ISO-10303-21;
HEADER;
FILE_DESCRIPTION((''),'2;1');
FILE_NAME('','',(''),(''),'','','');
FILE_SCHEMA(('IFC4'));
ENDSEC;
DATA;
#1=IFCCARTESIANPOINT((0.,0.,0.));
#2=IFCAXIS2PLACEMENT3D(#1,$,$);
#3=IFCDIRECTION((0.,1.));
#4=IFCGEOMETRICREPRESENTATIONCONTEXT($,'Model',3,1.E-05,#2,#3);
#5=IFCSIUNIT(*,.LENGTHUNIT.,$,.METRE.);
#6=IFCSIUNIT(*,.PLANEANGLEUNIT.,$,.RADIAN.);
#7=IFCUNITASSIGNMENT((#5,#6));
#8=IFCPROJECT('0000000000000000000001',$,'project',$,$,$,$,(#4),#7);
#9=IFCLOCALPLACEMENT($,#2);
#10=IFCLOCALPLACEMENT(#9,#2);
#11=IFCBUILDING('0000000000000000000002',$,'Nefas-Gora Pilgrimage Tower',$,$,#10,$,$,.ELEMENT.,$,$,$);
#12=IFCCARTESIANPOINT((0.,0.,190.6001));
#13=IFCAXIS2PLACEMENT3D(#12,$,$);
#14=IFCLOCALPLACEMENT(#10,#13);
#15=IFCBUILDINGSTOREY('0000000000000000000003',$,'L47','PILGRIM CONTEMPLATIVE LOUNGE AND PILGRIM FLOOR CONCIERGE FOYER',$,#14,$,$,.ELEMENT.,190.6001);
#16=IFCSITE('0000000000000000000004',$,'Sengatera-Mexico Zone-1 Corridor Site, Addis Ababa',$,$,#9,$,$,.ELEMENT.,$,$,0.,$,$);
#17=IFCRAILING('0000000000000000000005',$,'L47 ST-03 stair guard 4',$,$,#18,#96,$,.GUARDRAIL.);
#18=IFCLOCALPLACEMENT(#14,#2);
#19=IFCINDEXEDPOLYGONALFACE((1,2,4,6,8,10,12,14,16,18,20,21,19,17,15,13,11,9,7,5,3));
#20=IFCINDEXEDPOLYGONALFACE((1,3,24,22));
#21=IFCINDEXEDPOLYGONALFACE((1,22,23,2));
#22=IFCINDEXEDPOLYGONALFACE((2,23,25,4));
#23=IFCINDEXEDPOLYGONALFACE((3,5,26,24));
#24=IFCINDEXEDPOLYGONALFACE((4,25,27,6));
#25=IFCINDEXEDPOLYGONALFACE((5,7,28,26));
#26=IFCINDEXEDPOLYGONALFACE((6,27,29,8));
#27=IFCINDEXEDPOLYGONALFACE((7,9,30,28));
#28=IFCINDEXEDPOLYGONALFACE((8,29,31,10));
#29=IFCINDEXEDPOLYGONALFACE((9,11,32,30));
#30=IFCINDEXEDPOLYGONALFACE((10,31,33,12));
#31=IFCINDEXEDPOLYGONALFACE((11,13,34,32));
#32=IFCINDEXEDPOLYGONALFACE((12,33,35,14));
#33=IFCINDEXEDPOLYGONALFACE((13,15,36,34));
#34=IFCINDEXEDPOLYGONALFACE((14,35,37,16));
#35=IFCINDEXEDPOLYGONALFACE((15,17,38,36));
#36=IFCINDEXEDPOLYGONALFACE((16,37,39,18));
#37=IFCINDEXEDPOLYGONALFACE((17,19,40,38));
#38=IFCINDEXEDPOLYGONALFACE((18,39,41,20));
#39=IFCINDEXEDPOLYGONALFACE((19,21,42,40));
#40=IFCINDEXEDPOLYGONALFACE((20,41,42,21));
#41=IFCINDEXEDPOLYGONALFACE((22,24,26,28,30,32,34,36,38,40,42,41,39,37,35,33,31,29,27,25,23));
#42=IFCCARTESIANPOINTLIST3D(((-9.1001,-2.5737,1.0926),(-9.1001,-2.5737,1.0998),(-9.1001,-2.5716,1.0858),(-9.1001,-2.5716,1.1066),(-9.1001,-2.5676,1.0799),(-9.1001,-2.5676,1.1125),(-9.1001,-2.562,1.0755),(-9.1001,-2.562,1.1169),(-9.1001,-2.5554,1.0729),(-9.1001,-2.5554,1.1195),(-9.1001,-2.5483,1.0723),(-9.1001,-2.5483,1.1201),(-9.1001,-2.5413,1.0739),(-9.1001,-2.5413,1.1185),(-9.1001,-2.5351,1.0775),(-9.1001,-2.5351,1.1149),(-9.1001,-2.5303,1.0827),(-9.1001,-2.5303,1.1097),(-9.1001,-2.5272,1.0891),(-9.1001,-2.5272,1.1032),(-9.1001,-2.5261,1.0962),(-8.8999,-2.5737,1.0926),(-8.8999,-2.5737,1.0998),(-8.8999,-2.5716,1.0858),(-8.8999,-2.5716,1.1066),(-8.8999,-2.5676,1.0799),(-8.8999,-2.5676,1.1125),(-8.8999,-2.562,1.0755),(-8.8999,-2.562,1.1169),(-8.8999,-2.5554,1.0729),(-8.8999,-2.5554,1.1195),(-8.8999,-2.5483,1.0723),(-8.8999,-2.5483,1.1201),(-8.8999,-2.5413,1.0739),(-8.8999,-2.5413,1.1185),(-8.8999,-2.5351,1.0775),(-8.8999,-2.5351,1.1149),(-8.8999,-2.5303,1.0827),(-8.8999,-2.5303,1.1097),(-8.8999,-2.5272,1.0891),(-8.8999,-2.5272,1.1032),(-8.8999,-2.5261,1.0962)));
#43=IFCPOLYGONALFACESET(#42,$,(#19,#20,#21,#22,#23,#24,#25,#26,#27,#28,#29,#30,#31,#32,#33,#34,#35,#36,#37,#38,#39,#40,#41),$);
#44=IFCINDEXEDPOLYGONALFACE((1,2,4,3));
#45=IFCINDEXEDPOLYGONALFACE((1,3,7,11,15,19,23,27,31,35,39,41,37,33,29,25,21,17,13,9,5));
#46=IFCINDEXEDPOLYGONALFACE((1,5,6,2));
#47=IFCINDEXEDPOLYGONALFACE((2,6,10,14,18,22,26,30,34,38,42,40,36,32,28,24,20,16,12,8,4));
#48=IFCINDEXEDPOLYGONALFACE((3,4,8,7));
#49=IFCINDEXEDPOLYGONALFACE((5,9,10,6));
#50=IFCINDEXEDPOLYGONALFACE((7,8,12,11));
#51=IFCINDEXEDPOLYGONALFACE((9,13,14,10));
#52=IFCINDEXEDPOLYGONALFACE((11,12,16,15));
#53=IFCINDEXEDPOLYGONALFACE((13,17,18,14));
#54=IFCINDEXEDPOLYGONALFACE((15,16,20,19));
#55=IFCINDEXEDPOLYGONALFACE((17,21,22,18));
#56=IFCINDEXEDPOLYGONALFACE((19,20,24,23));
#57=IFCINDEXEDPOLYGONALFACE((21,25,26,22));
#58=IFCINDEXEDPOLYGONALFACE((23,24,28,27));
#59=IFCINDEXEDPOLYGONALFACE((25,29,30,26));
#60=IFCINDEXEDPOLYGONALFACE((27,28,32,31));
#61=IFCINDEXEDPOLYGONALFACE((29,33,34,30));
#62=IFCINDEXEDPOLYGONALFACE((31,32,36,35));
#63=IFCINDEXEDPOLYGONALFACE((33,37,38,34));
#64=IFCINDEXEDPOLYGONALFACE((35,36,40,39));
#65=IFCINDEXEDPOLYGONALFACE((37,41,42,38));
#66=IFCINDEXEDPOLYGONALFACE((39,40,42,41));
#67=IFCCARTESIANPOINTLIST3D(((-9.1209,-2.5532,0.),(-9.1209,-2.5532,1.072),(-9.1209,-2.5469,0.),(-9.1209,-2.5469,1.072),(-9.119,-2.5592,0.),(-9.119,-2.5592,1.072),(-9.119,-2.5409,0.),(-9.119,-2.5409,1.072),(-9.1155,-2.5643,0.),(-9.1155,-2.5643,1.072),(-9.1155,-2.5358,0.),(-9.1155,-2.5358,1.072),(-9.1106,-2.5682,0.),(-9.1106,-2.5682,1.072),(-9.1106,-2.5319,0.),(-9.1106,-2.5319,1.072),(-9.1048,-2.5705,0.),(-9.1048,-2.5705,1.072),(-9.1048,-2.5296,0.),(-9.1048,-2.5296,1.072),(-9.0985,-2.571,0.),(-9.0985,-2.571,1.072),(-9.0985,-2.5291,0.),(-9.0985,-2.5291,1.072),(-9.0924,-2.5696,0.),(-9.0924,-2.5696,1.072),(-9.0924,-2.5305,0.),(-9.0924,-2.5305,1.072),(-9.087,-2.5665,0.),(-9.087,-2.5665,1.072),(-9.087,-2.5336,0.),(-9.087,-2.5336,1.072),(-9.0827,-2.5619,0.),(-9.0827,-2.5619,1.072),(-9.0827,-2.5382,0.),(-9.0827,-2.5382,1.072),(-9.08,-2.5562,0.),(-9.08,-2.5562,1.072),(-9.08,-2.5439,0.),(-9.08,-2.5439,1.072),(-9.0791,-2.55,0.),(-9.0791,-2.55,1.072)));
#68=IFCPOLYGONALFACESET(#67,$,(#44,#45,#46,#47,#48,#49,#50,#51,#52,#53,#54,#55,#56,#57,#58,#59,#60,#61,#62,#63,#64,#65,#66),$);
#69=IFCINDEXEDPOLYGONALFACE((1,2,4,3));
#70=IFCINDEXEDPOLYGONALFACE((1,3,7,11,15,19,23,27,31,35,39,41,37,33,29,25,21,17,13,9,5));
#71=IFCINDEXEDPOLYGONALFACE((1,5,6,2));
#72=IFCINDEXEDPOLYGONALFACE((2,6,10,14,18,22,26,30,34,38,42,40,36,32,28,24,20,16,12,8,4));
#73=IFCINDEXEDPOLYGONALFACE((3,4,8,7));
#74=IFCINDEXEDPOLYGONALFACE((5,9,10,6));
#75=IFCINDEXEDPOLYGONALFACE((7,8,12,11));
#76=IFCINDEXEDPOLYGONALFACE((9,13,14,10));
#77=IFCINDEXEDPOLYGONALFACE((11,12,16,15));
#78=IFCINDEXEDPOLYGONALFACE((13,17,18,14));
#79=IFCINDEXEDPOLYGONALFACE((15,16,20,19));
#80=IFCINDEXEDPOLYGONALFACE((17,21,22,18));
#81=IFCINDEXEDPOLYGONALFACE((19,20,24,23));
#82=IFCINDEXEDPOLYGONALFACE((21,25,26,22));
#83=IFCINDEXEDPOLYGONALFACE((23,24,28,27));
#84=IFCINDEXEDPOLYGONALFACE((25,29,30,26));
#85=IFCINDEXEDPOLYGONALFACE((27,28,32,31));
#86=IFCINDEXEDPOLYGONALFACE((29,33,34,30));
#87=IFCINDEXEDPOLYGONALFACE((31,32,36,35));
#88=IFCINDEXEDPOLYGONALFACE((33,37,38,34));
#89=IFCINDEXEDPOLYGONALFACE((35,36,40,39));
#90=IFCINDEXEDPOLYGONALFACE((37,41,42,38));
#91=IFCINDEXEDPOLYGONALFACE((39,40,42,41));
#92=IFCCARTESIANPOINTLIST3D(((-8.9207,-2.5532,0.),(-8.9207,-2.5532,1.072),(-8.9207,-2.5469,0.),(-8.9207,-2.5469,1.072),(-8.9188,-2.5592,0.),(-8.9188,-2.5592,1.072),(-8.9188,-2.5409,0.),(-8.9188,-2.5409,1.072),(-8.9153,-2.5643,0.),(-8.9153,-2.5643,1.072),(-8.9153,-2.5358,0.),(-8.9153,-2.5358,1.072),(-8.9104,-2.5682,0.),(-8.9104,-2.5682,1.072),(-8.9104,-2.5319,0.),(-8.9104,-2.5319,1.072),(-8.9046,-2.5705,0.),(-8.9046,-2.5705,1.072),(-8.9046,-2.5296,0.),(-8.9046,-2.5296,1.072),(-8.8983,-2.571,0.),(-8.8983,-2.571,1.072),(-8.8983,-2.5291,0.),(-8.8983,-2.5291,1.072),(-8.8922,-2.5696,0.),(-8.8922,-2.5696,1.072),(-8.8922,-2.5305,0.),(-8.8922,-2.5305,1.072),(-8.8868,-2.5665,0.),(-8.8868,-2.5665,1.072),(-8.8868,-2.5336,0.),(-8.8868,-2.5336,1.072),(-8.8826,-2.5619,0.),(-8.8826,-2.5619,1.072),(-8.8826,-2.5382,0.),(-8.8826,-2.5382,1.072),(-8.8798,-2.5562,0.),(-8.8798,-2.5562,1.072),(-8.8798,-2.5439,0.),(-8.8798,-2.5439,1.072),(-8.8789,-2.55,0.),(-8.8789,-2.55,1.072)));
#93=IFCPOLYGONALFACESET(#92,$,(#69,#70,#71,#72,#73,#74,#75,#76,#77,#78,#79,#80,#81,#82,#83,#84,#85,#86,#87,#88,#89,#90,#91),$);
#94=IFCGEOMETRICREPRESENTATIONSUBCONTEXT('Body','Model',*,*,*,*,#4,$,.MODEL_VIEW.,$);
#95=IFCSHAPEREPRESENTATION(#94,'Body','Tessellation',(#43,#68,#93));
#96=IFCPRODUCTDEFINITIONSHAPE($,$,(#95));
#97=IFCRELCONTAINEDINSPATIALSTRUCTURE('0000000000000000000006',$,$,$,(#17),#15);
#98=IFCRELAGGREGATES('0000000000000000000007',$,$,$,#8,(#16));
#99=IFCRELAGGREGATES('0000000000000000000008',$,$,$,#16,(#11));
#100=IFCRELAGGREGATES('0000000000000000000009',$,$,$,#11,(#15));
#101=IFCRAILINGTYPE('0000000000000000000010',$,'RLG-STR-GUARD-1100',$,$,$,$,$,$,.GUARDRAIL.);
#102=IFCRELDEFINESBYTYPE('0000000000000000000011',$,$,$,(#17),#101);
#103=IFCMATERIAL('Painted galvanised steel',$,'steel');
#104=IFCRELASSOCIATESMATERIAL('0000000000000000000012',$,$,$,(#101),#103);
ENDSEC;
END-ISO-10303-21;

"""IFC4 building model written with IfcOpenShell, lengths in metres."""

from ifc_helpers import new_model, si_unit, direction, frame, origin, origin_2d, place, context, subcontext, project, spatial, circle, extrude, material, type_object, element, save


model = new_model("IFC4")

# Units and contexts
model_context = context("Model", 3, precision=1e-05, world=origin(), true_north=direction((0.0, 1.0)))
body_context = subcontext(model_context, "Body", "Model", "MODEL_VIEW")
ifc_project = project(units=[si_unit("LENGTHUNIT", "METRE"), si_unit("PLANEANGLEUNIT", "RADIAN")], contexts=[model_context])

# Site, building, storey
site_placement = place(None, origin())
site = spatial("IfcSite", under=ifc_project, at=site_placement, Name="Sengatera-Mexico Zone-1 Corridor Site, Addis Ababa", CompositionType="ELEMENT", RefElevation=0.0)
building_placement = place(site_placement, origin())
building = spatial("IfcBuilding", under=site, at=building_placement, Name="Nefas-Gora Pilgrimage Tower", CompositionType="ELEMENT")
storey_placement = place(building_placement, frame((0.0, 0.0, 190.6001)))
storey = spatial("IfcBuildingStorey", under=building, at=storey_placement, Name="L47", Description="PILGRIM CONTEMPLATIVE LOUNGE AND PILGRIM FLOOR CONCIERGE FOYER", CompositionType="ELEMENT", Elevation=190.6001)

# Railing
ifc_material_1 = material(Name="Painted galvanised steel", Category="steel")
railing_type_1 = type_object("IfcRailingType", Name="RLG-STR-GUARD-1100", PredefinedType="GUARDRAIL", material=ifc_material_1)
railing_1_placement = place(storey_placement, frame((-9.1001, -2.55, 0.0)))
element("IfcRailing", 1, at=railing_1_placement, inside=storey, type_object=railing_type_1, Name="L47 ST-03 stair guard 4", PredefinedType="GUARDRAIL", context=body_context, shape_type="SweptSolid", body=[
    extrude(circle(Radius=0.0239, at=origin_2d()), frame((0.0, 0.0, 1.0962), z_axis=(1.0, 0.0, 0.0), x_axis=(0.0, 1.0, 0.0)), (0.0, 0.0, 1.0), 0.2002),
    extrude(circle(Radius=0.021, at=origin_2d()), origin(), (0.0, 0.0, 1.0), 1.072),
    extrude(circle(Radius=0.021, at=origin_2d()), frame((0.2002, 0.0, 0.0)), (0.0, 0.0, 1.0), 1.072),
])

save(model, "model.ifc")
